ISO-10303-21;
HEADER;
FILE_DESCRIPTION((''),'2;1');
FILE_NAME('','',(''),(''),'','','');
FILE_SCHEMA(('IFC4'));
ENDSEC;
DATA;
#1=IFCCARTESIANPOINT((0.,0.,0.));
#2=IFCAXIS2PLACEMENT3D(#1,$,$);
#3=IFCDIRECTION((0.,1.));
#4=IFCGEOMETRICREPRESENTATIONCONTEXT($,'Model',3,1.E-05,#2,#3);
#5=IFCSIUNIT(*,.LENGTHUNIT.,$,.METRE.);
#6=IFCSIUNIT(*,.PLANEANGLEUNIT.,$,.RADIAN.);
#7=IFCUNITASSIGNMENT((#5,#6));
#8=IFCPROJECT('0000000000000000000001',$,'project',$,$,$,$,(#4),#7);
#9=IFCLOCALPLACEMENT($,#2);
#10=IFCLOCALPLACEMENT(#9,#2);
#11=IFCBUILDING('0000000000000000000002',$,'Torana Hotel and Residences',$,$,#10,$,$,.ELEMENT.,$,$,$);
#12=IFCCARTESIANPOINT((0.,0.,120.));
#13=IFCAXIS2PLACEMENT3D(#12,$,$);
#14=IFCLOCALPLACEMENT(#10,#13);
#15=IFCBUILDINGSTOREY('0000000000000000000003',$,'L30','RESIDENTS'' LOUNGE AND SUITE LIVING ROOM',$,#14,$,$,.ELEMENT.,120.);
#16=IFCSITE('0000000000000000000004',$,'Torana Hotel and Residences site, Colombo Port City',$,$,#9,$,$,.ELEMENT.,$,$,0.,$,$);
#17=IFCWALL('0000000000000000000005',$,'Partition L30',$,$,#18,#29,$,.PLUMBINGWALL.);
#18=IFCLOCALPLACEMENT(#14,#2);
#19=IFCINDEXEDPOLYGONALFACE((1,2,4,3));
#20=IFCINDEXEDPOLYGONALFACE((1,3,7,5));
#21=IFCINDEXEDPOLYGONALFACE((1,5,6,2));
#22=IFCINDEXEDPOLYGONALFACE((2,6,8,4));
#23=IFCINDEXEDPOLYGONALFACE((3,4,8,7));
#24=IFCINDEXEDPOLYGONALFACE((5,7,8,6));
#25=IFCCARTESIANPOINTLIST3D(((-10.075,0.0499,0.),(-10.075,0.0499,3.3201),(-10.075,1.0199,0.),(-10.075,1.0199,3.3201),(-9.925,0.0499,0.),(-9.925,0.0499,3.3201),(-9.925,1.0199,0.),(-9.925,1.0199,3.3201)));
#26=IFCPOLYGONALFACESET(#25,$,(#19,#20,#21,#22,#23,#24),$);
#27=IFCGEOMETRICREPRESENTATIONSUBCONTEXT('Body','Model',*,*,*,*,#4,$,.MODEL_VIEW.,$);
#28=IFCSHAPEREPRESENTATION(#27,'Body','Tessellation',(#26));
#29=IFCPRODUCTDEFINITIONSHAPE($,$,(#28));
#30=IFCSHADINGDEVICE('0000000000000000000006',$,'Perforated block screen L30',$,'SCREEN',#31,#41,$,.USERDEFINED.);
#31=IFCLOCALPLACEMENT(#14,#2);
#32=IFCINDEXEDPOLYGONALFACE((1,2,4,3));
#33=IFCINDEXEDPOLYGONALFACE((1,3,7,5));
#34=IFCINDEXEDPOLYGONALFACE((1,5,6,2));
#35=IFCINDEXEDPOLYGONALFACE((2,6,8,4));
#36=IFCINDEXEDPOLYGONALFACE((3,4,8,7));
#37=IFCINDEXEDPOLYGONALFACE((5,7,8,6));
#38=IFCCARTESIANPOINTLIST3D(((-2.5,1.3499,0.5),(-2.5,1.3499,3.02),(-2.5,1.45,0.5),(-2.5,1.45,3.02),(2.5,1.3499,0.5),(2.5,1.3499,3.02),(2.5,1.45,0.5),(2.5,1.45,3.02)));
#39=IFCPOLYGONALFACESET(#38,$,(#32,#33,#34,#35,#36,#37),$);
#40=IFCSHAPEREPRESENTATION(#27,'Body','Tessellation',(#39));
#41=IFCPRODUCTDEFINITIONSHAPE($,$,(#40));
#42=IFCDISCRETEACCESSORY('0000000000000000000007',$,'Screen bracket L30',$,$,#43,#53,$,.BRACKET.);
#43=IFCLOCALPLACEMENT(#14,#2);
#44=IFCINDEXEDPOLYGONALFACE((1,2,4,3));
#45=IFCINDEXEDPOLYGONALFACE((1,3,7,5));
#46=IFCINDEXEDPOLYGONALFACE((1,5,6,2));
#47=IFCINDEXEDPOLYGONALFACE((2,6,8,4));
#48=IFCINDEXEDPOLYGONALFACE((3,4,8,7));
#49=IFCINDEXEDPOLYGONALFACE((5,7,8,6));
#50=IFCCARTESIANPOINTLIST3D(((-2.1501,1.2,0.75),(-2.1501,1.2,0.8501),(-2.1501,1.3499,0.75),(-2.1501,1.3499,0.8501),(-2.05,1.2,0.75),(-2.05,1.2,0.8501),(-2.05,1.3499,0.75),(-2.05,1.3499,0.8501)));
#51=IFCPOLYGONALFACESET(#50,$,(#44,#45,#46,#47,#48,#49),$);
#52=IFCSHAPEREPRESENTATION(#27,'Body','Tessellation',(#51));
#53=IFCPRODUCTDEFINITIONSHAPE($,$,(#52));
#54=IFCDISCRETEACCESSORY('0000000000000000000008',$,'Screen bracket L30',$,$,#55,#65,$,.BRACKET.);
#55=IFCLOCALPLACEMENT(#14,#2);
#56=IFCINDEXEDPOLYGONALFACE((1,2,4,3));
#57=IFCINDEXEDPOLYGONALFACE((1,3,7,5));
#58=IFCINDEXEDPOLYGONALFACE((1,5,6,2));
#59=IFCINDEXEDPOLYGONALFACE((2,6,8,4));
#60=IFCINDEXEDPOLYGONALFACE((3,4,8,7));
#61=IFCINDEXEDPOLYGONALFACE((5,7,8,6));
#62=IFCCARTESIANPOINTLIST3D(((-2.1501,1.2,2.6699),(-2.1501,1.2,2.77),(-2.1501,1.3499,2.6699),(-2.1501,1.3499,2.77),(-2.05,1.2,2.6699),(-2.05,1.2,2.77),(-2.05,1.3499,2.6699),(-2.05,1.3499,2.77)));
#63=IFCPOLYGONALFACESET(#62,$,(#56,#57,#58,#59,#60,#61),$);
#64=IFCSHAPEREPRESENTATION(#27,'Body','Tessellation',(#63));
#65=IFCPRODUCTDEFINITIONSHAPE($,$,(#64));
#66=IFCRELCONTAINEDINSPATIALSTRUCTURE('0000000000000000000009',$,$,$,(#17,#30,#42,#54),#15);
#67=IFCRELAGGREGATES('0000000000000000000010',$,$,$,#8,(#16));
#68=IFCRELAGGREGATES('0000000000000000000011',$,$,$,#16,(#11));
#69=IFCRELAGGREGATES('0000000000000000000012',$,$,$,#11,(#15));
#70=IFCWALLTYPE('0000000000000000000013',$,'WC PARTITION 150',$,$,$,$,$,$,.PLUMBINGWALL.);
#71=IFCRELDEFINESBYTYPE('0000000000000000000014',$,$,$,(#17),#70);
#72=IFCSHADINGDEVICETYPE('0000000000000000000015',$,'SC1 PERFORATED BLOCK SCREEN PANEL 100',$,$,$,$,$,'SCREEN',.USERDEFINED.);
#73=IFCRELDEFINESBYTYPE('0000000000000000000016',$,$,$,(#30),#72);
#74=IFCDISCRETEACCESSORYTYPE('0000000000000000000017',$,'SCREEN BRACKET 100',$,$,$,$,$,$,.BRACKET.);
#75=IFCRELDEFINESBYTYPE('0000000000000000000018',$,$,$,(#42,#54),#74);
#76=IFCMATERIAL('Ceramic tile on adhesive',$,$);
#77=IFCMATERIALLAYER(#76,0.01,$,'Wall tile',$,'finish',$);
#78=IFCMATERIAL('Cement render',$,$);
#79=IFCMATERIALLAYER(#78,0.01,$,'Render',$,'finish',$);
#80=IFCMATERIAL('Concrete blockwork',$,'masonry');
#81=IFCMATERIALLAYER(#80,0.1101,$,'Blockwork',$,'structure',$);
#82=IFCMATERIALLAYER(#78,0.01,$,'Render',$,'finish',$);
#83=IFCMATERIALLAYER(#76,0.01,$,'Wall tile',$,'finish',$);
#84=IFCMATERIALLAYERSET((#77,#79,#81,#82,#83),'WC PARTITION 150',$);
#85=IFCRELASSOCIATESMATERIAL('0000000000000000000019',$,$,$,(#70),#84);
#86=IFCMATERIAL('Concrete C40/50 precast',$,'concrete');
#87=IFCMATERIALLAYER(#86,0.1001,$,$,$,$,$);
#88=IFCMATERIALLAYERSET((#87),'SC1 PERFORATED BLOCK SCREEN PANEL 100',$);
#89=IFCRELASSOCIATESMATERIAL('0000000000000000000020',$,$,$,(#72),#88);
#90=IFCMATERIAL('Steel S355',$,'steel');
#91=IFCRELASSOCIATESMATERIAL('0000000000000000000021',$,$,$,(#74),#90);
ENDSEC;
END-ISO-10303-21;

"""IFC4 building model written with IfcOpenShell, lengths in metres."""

from ifc_helpers import new_model, si_unit, direction, frame, frame_2d, origin, origin_2d, place, context, subcontext, project, spatial, rectangle, extrude, material, layer, layer_set, type_object, element, save


model = new_model("IFC4")

# Units and contexts
model_context = context("Model", 3, precision=1e-05, world=origin(), true_north=direction((0.0, 1.0)))
body_context = subcontext(model_context, "Body", "Model", "MODEL_VIEW")
ifc_project = project(units=[si_unit("LENGTHUNIT", "METRE"), si_unit("PLANEANGLEUNIT", "RADIAN")], contexts=[model_context])

# Site, building, storey
site_placement = place(None, origin())
site = spatial("IfcSite", under=ifc_project, at=site_placement, Name="Torana Hotel and Residences site, Colombo Port City", CompositionType="ELEMENT", RefElevation=0.0)
building_placement = place(site_placement, origin())
building = spatial("IfcBuilding", under=site, at=building_placement, Name="Torana Hotel and Residences", CompositionType="ELEMENT")
storey_placement = place(building_placement, frame((0.0, 0.0, 120.0)))
storey = spatial("IfcBuildingStorey", under=building, at=storey_placement, Name="L30", Description="RESIDENTS' LOUNGE AND SUITE LIVING ROOM", CompositionType="ELEMENT", Elevation=120.0)

# Wall
ifc_material_1 = material(Name="Ceramic tile on adhesive")
ifc_layer_1 = layer(ifc_material_1, 0.01, Name="Wall tile", Category="finish")
ifc_material_2 = material(Name="Cement render")
ifc_layer_2 = layer(ifc_material_2, 0.01, Name="Render", Category="finish")
ifc_material_3 = material(Name="Concrete blockwork", Category="masonry")
ifc_layer_3 = layer(ifc_material_3, 0.1101, Name="Blockwork", Category="structure")
ifc_layer_4 = layer(ifc_material_2, 0.01, Name="Render", Category="finish")
ifc_layer_5 = layer(ifc_material_1, 0.01, Name="Wall tile", Category="finish")
ifc_layer_set_1 = layer_set([ifc_layer_1, ifc_layer_2, ifc_layer_3, ifc_layer_4, ifc_layer_5], Name="WC PARTITION 150")
wall_type_1 = type_object("IfcWallType", Name="WC PARTITION 150", PredefinedType="PLUMBINGWALL", material=ifc_layer_set_1)
wall_1_placement = place(storey_placement, frame((-10.0, 0.05, 0.0), z_axis=(0.0, 0.0, 1.0), x_axis=(0.0, 1.0, 0.0)))
element("IfcWall", 1, at=wall_1_placement, inside=storey, type_object=wall_type_1, Name="Partition L30", PredefinedType="PLUMBINGWALL", context=body_context, shape_type="SweptSolid", body=[
    extrude(rectangle(XDim=0.97, YDim=0.1499, at=frame_2d((0.4849, 0.0))), origin(), (0.0, 0.0, 1.0), 3.3201),
])

# Shading device
ifc_material_4 = material(Name="Concrete C40/50 precast", Category="concrete")
ifc_layer_6 = layer(ifc_material_4, 0.1001)
ifc_layer_set_2 = layer_set([ifc_layer_6], Name="SC1 PERFORATED BLOCK SCREEN PANEL 100")
shading_device_type = type_object("IfcShadingDeviceType", Name="SC1 PERFORATED BLOCK SCREEN PANEL 100", ElementType="SCREEN", PredefinedType="USERDEFINED", material=ifc_layer_set_2)
shading_device_placement = place(storey_placement, frame((0.0, 1.3999, 0.5), z_axis=(0.0, 0.0, 1.0), x_axis=(-1.0, 0.0, 0.0)))
element("IfcShadingDevice", 2, at=shading_device_placement, inside=storey, type_object=shading_device_type, Name="Perforated block screen L30", ObjectType="SCREEN", PredefinedType="USERDEFINED", context=body_context, shape_type="SweptSolid", body=[
    extrude(rectangle(XDim=5.0, YDim=0.1001, at=origin_2d()), origin(), (0.0, 0.0, 1.0), 2.52),
])

# Discrete accessories
ifc_material_5 = material(Name="Steel S355", Category="steel")
discrete_accessory_type = type_object("IfcDiscreteAccessoryType", Name="SCREEN BRACKET 100", PredefinedType="BRACKET", material=ifc_material_5)
for number, where, z_axis, x_axis, name in (
    (3, (-2.1001, 1.2749, 0.75), (0.0, 0.0, 1.0), (-1.0, 0.0, 0.0), "Screen bracket L30"),
    (4, (-2.1001, 1.2749, 2.6699), (0.0, 0.0, 1.0), (-1.0, 0.0, 0.0), "Screen bracket L30"),
):
    element("IfcDiscreteAccessory", number, at=place(storey_placement, frame(where, z_axis=z_axis, x_axis=x_axis)), inside=storey, type_object=discrete_accessory_type, Name=name, PredefinedType="BRACKET", context=body_context, shape_type="SweptSolid", body=[
        extrude(rectangle(XDim=0.1001, YDim=0.1499, at=origin_2d()), origin(), (0.0, 0.0, 1.0), 0.1001),
    ])

save(model, "model.ifc")
